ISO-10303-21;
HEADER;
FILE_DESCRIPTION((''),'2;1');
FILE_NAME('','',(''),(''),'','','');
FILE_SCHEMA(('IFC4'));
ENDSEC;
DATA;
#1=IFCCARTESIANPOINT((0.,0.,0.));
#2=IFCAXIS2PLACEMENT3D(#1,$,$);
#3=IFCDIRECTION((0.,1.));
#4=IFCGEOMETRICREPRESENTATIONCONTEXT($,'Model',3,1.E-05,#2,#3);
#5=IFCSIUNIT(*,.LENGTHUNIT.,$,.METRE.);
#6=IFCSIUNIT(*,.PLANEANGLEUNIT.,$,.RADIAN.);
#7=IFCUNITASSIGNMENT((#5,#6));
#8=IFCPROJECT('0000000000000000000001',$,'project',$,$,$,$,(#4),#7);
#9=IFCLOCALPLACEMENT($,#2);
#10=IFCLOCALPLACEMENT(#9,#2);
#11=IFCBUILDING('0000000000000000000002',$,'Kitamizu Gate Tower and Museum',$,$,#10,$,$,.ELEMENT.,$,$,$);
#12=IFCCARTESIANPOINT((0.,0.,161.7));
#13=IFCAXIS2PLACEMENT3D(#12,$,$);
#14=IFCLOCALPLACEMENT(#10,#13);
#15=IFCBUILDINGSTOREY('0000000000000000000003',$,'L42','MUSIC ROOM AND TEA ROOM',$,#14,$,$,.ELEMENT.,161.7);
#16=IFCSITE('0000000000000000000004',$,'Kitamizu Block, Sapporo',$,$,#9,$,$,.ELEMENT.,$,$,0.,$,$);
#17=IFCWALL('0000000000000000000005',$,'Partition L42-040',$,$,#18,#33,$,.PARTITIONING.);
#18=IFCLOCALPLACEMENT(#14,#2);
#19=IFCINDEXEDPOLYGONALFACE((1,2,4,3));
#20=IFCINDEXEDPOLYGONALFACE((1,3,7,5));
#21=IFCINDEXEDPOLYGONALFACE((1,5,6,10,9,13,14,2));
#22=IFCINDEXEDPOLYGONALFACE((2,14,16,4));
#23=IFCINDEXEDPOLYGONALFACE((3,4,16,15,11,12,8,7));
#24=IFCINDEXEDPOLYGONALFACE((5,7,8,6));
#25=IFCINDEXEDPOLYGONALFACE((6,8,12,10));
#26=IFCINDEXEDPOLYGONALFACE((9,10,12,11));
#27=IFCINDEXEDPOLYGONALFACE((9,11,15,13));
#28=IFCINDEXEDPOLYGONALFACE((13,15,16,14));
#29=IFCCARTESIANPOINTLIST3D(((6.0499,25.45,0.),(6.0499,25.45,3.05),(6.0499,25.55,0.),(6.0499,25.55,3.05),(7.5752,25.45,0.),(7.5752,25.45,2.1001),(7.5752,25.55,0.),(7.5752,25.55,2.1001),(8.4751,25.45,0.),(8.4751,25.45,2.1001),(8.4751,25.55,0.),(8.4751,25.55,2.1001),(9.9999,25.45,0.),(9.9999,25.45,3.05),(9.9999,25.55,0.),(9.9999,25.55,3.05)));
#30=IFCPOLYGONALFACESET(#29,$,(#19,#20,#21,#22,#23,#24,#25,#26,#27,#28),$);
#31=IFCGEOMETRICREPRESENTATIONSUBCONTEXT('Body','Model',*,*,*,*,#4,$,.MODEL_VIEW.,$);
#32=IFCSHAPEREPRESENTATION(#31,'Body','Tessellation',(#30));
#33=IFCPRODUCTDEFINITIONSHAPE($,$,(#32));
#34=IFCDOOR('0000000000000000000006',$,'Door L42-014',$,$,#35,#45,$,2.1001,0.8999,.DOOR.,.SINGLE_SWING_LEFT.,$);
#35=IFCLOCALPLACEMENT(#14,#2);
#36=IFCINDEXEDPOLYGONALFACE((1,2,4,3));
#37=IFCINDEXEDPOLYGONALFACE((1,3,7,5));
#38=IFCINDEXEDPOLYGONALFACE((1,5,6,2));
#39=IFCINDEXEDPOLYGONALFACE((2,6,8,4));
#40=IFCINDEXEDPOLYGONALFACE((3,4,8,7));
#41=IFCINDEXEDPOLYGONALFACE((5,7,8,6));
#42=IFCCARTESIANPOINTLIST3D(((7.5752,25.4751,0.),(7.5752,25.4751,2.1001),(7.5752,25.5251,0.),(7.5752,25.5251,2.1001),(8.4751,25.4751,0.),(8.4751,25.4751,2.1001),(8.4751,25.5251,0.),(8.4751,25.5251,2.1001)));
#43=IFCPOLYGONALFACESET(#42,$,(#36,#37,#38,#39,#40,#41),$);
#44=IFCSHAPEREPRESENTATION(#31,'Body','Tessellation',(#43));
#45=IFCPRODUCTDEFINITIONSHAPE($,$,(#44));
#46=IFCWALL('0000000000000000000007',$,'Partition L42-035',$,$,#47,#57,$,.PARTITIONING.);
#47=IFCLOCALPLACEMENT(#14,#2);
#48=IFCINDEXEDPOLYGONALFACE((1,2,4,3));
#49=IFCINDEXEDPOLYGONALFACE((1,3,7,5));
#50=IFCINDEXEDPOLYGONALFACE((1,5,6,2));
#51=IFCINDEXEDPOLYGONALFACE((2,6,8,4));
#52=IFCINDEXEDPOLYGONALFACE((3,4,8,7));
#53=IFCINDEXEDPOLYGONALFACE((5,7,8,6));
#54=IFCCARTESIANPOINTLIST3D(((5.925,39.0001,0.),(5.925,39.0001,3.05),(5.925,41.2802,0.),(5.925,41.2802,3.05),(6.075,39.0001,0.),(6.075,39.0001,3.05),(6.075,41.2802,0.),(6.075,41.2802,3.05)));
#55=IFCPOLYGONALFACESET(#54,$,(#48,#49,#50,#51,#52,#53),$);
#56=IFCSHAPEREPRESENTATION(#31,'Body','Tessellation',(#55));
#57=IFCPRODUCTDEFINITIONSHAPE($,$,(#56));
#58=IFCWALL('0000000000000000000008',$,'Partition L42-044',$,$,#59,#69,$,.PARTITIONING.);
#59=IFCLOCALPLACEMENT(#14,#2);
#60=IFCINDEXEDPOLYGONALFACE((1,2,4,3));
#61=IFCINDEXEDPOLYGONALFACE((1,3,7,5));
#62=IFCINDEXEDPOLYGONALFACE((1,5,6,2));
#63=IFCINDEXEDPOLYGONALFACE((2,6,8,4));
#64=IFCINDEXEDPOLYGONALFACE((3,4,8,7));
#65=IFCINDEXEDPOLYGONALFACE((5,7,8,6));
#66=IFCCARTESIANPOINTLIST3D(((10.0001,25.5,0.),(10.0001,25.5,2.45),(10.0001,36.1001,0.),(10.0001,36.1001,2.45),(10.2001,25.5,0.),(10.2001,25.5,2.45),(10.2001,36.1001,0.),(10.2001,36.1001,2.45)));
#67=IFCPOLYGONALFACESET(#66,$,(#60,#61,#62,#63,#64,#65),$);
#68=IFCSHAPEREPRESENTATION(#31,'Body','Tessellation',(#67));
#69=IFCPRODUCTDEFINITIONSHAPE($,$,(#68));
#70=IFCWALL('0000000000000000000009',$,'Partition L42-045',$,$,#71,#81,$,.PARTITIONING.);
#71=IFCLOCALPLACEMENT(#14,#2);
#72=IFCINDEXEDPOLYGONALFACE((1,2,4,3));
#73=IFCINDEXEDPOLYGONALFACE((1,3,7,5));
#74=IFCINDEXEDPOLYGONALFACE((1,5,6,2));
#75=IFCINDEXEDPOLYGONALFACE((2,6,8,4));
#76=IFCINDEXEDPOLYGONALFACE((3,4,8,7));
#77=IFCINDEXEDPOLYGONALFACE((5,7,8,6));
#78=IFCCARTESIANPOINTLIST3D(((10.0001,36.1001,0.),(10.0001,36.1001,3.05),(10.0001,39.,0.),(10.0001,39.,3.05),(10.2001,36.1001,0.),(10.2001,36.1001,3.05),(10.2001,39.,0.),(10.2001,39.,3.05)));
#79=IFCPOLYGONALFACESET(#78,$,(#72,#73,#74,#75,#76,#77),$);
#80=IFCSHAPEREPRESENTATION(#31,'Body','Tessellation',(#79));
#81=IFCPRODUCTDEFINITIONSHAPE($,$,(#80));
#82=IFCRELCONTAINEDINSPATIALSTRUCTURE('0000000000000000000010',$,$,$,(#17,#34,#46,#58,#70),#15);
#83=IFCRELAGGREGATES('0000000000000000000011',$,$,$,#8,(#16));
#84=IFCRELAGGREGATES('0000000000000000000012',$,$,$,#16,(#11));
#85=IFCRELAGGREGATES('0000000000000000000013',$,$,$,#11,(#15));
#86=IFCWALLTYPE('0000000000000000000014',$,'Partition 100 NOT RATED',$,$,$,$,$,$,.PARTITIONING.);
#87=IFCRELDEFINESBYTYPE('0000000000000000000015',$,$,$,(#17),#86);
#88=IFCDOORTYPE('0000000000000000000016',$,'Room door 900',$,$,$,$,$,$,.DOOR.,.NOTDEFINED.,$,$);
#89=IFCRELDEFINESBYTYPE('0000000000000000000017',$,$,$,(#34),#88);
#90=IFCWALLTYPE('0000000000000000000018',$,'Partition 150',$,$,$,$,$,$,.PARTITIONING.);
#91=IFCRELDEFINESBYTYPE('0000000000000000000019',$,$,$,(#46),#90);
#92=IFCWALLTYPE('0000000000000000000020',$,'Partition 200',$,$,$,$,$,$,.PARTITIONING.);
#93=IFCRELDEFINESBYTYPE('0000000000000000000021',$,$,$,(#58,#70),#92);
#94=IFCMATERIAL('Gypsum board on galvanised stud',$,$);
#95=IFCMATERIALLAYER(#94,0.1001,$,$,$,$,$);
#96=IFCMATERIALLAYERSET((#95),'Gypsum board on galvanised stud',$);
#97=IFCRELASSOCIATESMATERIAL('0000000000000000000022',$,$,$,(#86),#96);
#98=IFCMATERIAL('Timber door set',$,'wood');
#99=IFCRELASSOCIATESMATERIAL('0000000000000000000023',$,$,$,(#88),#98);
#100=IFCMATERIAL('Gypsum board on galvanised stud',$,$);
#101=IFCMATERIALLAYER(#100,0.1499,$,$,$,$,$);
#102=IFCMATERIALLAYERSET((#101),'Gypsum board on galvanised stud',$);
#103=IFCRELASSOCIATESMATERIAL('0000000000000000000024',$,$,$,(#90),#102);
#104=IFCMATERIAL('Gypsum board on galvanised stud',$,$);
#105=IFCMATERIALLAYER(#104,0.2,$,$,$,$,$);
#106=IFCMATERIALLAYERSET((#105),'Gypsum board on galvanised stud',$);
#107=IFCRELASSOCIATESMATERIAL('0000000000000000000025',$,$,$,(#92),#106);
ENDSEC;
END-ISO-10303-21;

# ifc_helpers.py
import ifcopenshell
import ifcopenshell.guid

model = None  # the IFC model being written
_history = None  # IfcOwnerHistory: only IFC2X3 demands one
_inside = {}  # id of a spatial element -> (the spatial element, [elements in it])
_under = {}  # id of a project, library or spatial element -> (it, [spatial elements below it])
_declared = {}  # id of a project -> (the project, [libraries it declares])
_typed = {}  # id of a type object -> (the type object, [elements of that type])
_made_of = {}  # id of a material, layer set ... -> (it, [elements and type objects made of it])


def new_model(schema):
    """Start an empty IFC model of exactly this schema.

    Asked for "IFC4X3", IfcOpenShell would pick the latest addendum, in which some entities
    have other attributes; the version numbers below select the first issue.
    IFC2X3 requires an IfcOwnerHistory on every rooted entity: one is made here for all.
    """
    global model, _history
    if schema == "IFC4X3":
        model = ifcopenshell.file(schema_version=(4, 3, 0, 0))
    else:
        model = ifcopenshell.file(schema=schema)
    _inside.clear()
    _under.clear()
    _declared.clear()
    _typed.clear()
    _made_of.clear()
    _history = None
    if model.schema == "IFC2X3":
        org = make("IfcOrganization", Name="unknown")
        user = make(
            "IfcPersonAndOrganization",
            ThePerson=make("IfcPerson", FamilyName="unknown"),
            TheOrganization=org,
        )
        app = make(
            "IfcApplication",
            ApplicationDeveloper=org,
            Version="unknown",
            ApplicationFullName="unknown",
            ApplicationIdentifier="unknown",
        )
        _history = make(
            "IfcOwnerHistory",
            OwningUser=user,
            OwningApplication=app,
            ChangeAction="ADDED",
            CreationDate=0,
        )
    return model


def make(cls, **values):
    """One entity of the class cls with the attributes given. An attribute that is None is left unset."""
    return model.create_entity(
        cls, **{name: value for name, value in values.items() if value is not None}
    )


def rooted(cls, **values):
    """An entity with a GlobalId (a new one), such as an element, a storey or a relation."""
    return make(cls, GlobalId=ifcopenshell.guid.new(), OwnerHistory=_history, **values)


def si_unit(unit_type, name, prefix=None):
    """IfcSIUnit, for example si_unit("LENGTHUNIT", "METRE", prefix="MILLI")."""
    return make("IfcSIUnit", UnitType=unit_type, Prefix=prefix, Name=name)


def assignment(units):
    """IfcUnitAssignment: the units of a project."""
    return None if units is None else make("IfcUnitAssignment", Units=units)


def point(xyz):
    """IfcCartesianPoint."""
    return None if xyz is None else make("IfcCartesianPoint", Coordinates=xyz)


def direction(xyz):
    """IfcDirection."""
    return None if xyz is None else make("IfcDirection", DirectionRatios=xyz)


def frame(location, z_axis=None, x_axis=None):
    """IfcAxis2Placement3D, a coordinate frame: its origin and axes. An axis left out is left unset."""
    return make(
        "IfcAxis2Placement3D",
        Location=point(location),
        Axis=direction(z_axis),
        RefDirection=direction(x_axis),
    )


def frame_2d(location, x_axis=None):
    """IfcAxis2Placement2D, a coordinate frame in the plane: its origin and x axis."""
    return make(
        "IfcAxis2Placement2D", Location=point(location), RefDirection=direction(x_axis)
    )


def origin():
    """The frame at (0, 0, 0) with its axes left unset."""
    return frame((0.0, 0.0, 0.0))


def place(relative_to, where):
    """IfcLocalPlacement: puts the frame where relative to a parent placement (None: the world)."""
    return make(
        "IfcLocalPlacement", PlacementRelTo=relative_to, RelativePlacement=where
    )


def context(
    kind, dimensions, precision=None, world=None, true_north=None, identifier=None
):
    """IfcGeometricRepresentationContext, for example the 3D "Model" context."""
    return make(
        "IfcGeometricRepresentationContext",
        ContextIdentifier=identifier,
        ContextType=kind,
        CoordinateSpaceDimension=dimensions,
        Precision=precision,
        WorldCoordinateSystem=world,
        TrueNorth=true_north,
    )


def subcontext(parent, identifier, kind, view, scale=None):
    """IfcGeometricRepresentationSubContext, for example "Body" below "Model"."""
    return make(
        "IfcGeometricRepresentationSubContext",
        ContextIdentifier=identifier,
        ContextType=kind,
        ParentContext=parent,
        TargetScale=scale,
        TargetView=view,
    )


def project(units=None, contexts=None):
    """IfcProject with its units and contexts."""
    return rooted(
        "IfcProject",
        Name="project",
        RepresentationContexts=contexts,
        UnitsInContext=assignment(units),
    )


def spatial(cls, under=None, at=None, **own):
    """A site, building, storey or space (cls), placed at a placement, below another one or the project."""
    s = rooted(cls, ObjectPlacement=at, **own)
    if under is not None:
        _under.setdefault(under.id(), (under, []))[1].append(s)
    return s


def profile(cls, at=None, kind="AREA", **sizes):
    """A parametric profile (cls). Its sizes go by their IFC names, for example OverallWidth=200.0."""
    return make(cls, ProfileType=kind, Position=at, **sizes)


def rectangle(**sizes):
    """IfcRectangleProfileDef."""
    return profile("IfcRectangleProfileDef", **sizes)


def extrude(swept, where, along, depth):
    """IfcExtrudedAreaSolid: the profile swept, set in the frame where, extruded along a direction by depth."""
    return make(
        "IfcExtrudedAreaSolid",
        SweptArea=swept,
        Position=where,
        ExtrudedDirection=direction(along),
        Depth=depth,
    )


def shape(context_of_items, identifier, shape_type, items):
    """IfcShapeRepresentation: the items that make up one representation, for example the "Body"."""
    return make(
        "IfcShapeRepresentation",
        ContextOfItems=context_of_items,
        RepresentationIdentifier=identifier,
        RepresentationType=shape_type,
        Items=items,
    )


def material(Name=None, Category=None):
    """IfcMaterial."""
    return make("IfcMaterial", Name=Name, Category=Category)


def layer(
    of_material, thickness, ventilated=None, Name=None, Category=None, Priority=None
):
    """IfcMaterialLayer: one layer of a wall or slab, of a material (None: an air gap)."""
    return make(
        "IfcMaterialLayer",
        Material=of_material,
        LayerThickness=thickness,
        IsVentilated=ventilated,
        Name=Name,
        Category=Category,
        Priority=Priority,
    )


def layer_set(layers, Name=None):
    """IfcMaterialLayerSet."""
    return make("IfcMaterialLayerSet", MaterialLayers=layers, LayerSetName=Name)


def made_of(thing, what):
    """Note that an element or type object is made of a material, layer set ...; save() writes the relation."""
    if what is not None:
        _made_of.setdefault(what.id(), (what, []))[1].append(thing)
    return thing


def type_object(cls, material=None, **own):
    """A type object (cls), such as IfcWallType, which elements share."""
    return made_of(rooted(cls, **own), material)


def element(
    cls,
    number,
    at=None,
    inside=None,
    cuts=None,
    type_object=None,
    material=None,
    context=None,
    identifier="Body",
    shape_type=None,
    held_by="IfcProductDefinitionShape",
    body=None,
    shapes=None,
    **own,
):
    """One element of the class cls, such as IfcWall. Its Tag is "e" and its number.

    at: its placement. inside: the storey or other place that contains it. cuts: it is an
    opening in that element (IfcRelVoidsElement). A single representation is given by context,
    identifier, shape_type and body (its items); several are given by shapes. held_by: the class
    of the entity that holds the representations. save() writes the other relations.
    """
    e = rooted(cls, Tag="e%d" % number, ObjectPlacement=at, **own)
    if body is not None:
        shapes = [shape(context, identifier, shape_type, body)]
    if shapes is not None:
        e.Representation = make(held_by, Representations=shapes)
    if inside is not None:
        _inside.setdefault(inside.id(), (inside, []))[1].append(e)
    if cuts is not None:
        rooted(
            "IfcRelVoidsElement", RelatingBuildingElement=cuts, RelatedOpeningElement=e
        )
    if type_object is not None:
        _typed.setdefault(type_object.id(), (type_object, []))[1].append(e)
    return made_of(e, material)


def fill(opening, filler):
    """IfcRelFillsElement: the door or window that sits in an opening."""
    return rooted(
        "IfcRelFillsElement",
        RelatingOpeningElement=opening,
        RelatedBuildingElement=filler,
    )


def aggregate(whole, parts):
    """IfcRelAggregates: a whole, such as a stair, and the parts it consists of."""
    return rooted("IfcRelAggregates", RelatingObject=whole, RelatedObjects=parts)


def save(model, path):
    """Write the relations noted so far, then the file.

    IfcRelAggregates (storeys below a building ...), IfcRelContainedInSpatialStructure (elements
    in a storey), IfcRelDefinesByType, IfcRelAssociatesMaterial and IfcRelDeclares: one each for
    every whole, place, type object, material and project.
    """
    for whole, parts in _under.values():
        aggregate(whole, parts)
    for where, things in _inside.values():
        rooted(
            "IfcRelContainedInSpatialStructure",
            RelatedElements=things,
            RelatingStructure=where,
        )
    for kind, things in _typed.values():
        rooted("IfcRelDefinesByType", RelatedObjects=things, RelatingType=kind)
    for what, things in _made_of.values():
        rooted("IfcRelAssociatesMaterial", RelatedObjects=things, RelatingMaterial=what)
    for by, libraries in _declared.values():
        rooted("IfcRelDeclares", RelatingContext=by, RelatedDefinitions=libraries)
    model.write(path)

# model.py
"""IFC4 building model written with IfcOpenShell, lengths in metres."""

from ifc_helpers import new_model, si_unit, direction, frame, frame_2d, origin, place, context, subcontext, project, spatial, rectangle, extrude, material, layer, layer_set, type_object, element, fill, save


model = new_model("IFC4")

# Units and contexts
model_context = context("Model", 3, precision=1e-05, world=origin(), true_north=direction((0.0, 1.0)))
body_context = subcontext(model_context, "Body", "Model", "MODEL_VIEW")
ifc_project = project(units=[si_unit("LENGTHUNIT", "METRE"), si_unit("PLANEANGLEUNIT", "RADIAN")], contexts=[model_context])

# Site, building, storey
site_placement = place(None, origin())
site = spatial("IfcSite", under=ifc_project, at=site_placement, Name="Kitamizu Block, Sapporo", CompositionType="ELEMENT", RefElevation=0.0)
building_placement = place(site_placement, origin())
building = spatial("IfcBuilding", under=site, at=building_placement, Name="Kitamizu Gate Tower and Museum", CompositionType="ELEMENT")
storey_placement = place(building_placement, frame((0.0, 0.0, 161.7)))
storey = spatial("IfcBuildingStorey", under=building, at=storey_placement, Name="L42", Description="MUSIC ROOM AND TEA ROOM", CompositionType="ELEMENT", Elevation=161.7)

# Shared definitions
ifc_material_1 = material(Name="Gypsum board on galvanised stud")
ifc_layer_1 = layer(ifc_material_1, 0.1001)
ifc_layer_set_1 = layer_set([ifc_layer_1], Name="Gypsum board on galvanised stud")
wall_type_1 = type_object("IfcWallType", Name="Partition 100 NOT RATED", PredefinedType="PARTITIONING", material=ifc_layer_set_1)
ifc_material_2 = material(Name="Timber door set", Category="wood")
door_type = type_object("IfcDoorType", Name="Room door 900", OperationType="NOTDEFINED", PredefinedType="DOOR", material=ifc_material_2)

# Wall, opening, door
wall_1_placement = place(storey_placement, frame((10.0, 25.5, 0.0), z_axis=(0.0, 0.0, 1.0), x_axis=(-1.0, 0.0, 0.0)))
wall_1 = element("IfcWall", 1, at=wall_1_placement, inside=storey, type_object=wall_type_1, Name="Partition L42-040", PredefinedType="PARTITIONING", context=body_context, shape_type="SweptSolid", body=[
    extrude(rectangle(XDim=3.95, YDim=0.1001, at=frame_2d((1.9751, 0.0))), origin(), (0.0, 0.0, 1.0), 3.05),
])
opening_1_placement = place(wall_1_placement, frame((1.5249, 0.0, 0.0)))
opening_1 = element("IfcOpeningElement", 2, at=opening_1_placement, cuts=wall_1, PredefinedType="OPENING", context=body_context, shape_type="SweptSolid", body=[
    extrude(rectangle(XDim=0.8999, YDim=2.1001, at=frame_2d((0.45, 1.05))), frame((0.0, 0.0601, 0.0), z_axis=(0.0, -1.0, 0.0), x_axis=(1.0, 0.0, 0.0)), (0.0, 0.0, 1.0), 0.1201),
])
door_1_placement = place(opening_1_placement, origin())
door_1 = element("IfcDoor", 3, at=door_1_placement, inside=storey, type_object=door_type, Name="Door L42-014", OperationType="SINGLE_SWING_LEFT", OverallHeight=2.1001, OverallWidth=0.8999, PredefinedType="DOOR", context=body_context, shape_type="SweptSolid", body=[
    extrude(rectangle(XDim=0.8999, YDim=2.1001, at=frame_2d((0.45, 1.05))), frame((0.0, 0.0249, 0.0), z_axis=(0.0, -1.0, 0.0), x_axis=(1.0, 0.0, 0.0)), (0.0, 0.0, 1.0), 0.05),
])
fill(opening_1, door_1)

# Walls
ifc_material_3 = material(Name="Gypsum board on galvanised stud")
ifc_layer_2 = layer(ifc_material_3, 0.1499)
ifc_layer_set_2 = layer_set([ifc_layer_2], Name="Gypsum board on galvanised stud")
wall_type_2 = type_object("IfcWallType", Name="Partition 150", PredefinedType="PARTITIONING", material=ifc_layer_set_2)
wall_2_placement = place(storey_placement, frame((6.0, 39.0, 0.0), z_axis=(0.0, 0.0, 1.0), x_axis=(0.0, 1.0, 0.0)))
element("IfcWall", 4, at=wall_2_placement, inside=storey, type_object=wall_type_2, Name="Partition L42-035", PredefinedType="PARTITIONING", context=body_context, shape_type="SweptSolid", body=[
    extrude(rectangle(XDim=2.28, YDim=0.1499, at=frame_2d((1.1401, 0.0))), origin(), (0.0, 0.0, 1.0), 3.05),
])
ifc_material_4 = material(Name="Gypsum board on galvanised stud")
ifc_layer_3 = layer(ifc_material_4, 0.2)
ifc_layer_set_3 = layer_set([ifc_layer_3], Name="Gypsum board on galvanised stud")
wall_type_3 = type_object("IfcWallType", Name="Partition 200", PredefinedType="PARTITIONING", material=ifc_layer_set_3)
wall_3_placement = place(storey_placement, frame((10.1001, 25.5, 0.0), z_axis=(0.0, 0.0, 1.0), x_axis=(0.0, 1.0, 0.0)))
element("IfcWall", 5, at=wall_3_placement, inside=storey, type_object=wall_type_3, Name="Partition L42-044", PredefinedType="PARTITIONING", context=body_context, shape_type="SweptSolid", body=[
    extrude(rectangle(XDim=10.6001, YDim=0.2, at=frame_2d((5.3, 0.0))), origin(), (0.0, 0.0, 1.0), 2.45),
])
wall_4_placement = place(storey_placement, frame((10.1001, 36.1001, 0.0), z_axis=(0.0, 0.0, 1.0), x_axis=(0.0, 1.0, 0.0)))
element("IfcWall", 6, at=wall_4_placement, inside=storey, type_object=wall_type_3, Name="Partition L42-045", PredefinedType="PARTITIONING", context=body_context, shape_type="SweptSolid", body=[
    extrude(rectangle(XDim=2.8999, YDim=0.2, at=frame_2d((1.45, 0.0))), origin(), (0.0, 0.0, 1.0), 3.05),
])

save(model, "model.ifc")
